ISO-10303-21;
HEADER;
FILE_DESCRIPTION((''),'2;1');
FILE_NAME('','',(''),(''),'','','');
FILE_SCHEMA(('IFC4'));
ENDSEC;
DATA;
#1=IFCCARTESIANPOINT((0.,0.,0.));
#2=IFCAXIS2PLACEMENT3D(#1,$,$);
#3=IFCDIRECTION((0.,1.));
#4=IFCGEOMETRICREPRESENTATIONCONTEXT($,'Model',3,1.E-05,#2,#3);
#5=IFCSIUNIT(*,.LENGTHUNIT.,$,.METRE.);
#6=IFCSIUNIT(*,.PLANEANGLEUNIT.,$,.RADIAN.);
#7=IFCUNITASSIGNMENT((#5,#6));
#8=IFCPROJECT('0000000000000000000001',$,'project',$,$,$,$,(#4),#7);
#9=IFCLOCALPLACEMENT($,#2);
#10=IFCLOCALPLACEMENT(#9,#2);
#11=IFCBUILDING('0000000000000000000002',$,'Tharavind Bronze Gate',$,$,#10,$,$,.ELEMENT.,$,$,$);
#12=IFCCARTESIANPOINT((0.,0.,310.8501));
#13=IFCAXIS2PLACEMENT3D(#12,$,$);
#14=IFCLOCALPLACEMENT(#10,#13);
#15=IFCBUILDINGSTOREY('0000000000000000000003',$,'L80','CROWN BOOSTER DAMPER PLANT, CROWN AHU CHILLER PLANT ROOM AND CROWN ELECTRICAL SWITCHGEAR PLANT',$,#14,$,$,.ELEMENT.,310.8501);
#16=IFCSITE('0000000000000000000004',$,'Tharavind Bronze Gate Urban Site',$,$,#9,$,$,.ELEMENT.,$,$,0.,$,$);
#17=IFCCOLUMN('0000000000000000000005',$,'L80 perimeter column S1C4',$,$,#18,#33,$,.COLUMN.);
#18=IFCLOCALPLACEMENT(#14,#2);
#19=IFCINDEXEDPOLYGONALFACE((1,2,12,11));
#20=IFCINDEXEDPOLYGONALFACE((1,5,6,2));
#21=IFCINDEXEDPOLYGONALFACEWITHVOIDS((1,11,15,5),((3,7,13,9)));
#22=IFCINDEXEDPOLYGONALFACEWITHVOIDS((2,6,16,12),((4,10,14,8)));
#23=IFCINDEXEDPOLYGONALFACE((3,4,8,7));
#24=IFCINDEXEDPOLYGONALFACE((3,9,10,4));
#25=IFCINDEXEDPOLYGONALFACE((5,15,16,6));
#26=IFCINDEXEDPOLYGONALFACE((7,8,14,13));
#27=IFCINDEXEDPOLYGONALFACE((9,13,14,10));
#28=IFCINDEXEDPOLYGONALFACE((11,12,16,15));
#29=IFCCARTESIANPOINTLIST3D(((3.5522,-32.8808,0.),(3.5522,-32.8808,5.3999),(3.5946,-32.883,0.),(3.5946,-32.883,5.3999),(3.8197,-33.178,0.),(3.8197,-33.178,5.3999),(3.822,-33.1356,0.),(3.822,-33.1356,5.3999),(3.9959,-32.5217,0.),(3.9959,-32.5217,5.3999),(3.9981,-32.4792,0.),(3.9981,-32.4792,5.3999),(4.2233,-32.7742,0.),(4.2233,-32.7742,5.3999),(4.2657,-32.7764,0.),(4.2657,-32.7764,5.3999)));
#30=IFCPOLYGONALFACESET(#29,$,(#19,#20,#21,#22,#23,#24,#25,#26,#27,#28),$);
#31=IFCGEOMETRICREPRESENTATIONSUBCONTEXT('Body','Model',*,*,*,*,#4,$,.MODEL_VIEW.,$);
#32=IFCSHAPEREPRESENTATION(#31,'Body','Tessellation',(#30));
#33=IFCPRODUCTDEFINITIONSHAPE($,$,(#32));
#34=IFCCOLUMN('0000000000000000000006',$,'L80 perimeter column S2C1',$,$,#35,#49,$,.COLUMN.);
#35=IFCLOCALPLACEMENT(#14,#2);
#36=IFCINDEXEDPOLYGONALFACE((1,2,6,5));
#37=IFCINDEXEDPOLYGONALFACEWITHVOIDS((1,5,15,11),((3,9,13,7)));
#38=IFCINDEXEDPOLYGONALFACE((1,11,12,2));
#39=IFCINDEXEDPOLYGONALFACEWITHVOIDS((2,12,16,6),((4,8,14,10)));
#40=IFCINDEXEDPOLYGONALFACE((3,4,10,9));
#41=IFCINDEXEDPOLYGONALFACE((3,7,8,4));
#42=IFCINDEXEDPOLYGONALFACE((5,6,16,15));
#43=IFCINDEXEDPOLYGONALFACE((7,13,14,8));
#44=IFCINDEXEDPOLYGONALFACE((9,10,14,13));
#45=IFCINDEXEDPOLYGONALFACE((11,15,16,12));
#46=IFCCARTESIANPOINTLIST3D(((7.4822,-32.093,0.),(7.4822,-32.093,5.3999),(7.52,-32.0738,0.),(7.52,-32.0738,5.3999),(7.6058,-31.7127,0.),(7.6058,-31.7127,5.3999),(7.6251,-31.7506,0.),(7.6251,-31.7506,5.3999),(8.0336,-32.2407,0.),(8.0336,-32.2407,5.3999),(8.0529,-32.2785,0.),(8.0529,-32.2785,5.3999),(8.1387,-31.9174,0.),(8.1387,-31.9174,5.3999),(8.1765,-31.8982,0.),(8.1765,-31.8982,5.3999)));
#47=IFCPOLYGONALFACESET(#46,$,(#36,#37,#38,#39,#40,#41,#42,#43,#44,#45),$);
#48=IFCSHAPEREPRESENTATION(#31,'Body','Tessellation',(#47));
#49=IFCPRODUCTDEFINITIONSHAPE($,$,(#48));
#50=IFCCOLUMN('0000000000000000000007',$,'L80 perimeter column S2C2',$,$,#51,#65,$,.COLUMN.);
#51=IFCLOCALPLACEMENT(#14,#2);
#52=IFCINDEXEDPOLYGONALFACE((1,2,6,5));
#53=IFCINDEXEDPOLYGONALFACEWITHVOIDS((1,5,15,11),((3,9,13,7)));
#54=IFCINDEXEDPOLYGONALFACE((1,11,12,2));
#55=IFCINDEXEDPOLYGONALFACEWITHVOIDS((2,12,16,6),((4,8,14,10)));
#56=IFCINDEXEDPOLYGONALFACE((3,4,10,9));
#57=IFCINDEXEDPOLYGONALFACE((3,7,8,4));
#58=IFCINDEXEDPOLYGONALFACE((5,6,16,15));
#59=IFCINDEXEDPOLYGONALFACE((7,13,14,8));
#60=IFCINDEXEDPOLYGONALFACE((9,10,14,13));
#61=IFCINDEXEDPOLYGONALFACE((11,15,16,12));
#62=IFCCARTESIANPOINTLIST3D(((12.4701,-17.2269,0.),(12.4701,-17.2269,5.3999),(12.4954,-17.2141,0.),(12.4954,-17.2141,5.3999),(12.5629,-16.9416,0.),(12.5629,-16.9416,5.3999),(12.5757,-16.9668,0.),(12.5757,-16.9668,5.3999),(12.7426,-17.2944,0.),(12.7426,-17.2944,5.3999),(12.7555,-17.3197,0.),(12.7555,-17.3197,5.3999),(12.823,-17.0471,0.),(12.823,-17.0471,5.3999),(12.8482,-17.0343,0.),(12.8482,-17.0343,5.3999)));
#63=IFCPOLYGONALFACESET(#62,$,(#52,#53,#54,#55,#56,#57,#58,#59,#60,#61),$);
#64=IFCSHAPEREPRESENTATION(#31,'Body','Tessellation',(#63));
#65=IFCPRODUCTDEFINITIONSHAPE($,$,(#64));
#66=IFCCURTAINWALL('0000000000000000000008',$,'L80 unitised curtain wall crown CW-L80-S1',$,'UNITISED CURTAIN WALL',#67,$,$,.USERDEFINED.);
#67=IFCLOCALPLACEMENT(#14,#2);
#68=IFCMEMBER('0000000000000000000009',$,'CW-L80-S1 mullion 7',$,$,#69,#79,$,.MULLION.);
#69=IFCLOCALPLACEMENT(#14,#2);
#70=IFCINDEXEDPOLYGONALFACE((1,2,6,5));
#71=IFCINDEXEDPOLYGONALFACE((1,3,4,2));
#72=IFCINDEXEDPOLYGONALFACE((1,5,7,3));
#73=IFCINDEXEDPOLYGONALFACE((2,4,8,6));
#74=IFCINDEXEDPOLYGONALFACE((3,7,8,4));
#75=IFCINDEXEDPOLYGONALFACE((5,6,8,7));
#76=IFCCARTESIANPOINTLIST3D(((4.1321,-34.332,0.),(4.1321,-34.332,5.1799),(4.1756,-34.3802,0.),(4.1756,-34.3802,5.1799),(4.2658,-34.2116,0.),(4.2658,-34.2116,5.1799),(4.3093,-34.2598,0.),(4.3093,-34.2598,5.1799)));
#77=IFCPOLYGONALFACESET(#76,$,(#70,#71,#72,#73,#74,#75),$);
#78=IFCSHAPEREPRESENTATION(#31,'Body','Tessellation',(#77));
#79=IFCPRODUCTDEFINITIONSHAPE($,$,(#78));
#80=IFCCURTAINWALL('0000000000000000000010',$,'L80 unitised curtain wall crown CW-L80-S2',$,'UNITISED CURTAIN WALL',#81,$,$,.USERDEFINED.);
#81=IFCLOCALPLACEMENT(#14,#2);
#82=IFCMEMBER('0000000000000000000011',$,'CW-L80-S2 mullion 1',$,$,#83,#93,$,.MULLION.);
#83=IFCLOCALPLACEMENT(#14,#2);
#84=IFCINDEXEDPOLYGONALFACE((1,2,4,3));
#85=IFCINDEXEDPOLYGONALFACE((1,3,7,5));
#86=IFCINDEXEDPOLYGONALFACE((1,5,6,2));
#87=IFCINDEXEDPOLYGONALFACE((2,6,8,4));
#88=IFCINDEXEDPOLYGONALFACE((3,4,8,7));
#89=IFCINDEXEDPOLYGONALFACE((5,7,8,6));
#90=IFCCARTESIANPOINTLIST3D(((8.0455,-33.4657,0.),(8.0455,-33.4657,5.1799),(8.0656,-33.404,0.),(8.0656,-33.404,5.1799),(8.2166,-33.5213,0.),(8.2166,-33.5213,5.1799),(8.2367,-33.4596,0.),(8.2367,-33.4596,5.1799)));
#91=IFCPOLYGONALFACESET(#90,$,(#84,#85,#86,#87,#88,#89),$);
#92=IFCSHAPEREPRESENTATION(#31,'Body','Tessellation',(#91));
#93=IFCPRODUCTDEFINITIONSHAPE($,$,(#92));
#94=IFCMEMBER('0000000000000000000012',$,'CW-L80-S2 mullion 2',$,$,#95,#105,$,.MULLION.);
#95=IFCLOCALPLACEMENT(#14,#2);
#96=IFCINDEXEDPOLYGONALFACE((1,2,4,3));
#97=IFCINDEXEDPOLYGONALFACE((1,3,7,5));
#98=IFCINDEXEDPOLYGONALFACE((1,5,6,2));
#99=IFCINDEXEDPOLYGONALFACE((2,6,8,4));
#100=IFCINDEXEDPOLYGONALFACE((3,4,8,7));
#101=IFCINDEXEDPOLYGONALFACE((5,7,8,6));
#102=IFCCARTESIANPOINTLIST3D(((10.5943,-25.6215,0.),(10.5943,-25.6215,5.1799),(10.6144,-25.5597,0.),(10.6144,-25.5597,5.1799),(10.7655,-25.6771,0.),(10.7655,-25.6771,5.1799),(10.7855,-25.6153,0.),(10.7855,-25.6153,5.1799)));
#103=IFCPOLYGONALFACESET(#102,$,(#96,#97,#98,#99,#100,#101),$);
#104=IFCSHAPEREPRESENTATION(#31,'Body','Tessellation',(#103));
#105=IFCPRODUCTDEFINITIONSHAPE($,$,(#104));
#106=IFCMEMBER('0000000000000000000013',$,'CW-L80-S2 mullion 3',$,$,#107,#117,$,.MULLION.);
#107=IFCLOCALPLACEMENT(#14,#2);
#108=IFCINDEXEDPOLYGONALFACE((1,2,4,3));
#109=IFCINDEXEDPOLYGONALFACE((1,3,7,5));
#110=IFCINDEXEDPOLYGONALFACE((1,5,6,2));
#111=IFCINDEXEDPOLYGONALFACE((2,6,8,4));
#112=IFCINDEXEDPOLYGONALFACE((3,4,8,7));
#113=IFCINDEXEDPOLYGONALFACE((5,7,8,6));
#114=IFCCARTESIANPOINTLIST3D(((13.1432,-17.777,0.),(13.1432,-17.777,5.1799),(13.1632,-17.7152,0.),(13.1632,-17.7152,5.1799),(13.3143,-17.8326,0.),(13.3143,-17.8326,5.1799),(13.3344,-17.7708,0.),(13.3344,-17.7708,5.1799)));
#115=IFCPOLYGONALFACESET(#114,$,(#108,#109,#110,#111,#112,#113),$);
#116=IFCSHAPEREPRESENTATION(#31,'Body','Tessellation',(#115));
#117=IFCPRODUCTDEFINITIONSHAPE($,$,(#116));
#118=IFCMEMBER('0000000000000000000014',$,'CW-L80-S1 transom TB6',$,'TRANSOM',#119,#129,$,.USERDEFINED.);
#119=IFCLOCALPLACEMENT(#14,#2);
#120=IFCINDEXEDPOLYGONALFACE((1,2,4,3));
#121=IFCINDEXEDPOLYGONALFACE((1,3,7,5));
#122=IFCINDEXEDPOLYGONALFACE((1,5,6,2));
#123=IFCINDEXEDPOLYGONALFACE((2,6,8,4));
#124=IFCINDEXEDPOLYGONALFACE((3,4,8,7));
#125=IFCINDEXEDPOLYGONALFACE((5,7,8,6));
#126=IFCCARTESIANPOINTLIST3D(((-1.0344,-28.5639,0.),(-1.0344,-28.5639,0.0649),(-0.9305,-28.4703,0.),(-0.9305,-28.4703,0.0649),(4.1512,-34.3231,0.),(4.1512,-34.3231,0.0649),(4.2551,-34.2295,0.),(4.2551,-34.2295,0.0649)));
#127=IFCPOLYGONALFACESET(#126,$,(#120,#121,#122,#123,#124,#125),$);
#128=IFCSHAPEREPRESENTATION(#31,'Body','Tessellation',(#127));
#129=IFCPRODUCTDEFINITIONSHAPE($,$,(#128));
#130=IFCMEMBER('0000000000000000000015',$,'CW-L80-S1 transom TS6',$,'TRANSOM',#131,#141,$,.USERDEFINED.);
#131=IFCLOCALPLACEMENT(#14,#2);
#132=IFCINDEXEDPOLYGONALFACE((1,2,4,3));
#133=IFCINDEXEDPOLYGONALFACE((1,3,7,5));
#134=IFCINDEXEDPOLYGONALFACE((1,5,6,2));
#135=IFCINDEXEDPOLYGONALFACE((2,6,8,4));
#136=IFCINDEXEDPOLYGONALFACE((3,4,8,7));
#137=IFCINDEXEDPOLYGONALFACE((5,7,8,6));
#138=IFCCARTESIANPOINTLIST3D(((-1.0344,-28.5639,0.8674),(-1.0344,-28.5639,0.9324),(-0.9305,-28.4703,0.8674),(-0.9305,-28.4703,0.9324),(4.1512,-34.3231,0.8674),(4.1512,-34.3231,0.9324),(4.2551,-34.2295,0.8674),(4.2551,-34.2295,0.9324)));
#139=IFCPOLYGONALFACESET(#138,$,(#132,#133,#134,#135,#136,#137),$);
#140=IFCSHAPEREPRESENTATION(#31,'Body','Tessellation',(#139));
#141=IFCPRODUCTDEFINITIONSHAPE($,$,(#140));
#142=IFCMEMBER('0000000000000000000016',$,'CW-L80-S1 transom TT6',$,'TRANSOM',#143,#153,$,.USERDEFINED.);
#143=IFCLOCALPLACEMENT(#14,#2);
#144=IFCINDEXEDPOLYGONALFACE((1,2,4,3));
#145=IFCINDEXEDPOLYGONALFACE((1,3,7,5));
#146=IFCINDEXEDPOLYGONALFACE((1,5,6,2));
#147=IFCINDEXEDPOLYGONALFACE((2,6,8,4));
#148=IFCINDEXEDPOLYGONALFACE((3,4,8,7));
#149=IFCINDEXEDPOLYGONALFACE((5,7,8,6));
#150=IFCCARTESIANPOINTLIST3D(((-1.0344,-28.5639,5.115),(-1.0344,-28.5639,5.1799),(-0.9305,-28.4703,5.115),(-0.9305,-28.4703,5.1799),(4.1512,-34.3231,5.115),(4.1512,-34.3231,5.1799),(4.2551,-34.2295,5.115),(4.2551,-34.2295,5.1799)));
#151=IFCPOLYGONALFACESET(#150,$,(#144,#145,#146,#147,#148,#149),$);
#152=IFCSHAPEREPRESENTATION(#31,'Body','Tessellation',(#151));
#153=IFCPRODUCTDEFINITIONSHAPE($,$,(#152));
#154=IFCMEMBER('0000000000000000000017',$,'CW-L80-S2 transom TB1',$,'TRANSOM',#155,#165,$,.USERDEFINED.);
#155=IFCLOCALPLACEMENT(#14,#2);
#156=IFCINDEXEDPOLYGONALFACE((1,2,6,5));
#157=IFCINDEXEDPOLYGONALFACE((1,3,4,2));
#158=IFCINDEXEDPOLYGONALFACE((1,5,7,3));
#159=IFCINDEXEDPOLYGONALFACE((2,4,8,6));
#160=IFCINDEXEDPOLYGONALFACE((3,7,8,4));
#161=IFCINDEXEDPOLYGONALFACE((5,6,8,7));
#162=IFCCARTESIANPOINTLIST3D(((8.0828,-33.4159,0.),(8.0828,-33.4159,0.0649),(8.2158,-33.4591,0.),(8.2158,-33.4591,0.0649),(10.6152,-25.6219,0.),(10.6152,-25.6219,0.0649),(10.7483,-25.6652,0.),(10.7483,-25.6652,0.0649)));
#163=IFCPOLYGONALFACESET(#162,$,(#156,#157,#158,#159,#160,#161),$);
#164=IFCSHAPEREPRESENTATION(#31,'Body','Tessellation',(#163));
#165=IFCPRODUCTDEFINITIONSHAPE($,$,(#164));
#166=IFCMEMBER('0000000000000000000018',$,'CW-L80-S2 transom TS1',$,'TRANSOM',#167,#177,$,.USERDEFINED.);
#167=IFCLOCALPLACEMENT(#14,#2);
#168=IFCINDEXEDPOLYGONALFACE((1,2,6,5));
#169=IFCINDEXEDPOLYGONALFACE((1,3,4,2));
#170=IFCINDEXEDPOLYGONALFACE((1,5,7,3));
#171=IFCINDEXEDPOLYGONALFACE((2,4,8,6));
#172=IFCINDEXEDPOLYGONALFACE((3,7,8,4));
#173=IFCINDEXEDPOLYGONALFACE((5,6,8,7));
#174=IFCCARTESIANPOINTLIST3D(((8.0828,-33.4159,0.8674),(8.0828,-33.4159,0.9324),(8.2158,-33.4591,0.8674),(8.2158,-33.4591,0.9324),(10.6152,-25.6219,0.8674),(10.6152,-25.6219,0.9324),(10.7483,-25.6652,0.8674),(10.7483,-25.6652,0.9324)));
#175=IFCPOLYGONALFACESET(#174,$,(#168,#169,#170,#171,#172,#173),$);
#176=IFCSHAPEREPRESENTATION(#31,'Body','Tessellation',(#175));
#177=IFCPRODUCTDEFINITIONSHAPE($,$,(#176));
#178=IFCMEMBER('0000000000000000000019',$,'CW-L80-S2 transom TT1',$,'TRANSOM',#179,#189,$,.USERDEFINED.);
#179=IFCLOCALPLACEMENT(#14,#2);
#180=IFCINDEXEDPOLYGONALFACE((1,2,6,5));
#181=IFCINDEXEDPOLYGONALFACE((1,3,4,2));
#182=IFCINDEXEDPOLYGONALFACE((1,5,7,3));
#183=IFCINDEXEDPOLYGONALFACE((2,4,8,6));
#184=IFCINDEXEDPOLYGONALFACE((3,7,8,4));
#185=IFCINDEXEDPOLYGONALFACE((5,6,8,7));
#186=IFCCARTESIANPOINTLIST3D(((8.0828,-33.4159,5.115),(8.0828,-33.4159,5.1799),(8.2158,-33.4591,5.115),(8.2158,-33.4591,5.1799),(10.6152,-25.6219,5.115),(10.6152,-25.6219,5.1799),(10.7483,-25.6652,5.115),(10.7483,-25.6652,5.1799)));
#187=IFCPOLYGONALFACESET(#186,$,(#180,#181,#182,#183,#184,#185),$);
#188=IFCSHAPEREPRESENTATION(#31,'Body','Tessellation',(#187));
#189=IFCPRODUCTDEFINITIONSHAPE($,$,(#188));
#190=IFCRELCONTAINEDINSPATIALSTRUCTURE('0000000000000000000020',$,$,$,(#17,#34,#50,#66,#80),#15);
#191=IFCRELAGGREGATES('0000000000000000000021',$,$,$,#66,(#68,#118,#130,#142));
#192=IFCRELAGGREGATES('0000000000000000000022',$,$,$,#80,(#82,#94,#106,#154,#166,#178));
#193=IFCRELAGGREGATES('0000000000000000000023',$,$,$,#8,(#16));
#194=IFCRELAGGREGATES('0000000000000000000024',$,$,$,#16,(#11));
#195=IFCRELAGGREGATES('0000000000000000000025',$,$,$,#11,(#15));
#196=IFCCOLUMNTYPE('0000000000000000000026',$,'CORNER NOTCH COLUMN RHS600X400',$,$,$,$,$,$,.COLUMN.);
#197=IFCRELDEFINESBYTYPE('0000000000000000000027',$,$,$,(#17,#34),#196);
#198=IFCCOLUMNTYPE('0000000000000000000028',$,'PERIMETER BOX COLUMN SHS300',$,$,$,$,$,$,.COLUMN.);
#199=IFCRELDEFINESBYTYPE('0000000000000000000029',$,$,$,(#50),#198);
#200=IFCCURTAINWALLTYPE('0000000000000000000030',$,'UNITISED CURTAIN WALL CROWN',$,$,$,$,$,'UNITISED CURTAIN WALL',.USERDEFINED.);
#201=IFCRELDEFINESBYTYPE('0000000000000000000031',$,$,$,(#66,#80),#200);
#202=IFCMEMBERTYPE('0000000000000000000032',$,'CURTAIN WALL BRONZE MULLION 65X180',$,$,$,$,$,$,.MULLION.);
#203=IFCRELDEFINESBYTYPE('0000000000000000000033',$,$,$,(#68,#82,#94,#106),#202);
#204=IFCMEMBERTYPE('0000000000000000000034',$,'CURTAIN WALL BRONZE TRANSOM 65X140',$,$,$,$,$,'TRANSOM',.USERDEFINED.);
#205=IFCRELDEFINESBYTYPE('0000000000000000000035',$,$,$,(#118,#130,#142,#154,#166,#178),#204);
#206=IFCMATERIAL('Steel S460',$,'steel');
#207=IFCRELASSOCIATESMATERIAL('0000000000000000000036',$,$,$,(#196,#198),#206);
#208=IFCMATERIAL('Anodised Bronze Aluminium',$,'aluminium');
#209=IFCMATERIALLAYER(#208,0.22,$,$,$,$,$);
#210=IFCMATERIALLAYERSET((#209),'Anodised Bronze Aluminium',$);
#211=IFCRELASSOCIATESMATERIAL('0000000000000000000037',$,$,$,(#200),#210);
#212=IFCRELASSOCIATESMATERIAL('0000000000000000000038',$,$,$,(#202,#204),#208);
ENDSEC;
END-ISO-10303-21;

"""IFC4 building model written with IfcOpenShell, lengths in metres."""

from ifc_helpers import new_model, si_unit, direction, frame, origin, origin_2d, place, context, subcontext, project, spatial, rectangle, hollow_rectangle, extrude, material, layer, layer_set, material_profile, profile_set, type_object, element, aggregate, save


model = new_model("IFC4")

# Units and contexts
model_context = context("Model", 3, precision=1e-05, world=origin(), true_north=direction((0.0, 1.0)))
body_context = subcontext(model_context, "Body", "Model", "MODEL_VIEW")
ifc_project = project(units=[si_unit("LENGTHUNIT", "METRE"), si_unit("PLANEANGLEUNIT", "RADIAN")], contexts=[model_context])

# Site, building, storey
site_placement = place(None, origin())
site = spatial("IfcSite", under=ifc_project, at=site_placement, Name="Tharavind Bronze Gate Urban Site", CompositionType="ELEMENT", RefElevation=0.0)
building_placement = place(site_placement, origin())
building = spatial("IfcBuilding", under=site, at=building_placement, Name="Tharavind Bronze Gate", CompositionType="ELEMENT")
storey_placement = place(building_placement, frame((0.0, 0.0, 310.8501)))
storey = spatial("IfcBuildingStorey", under=building, at=storey_placement, Name="L80", Description="CROWN BOOSTER DAMPER PLANT, CROWN AHU CHILLER PLANT ROOM AND CROWN ELECTRICAL SWITCHGEAR PLANT", CompositionType="ELEMENT", Elevation=310.8501)

# Columns
ifc_material_1 = material(Name="Steel S460", Category="steel")
ifc_material_profile_1 = material_profile(ifc_material_1, hollow_rectangle(XDim=0.3999, YDim=0.6001, WallThickness=0.03, at=origin_2d()), Name="RHS600X400X30")
ifc_profile_set_1 = profile_set([ifc_material_profile_1], Name="Steel S460")
column_type_1 = type_object("IfcColumnType", Name="CORNER NOTCH COLUMN RHS600X400", PredefinedType="COLUMN", material=ifc_profile_set_1)
for number, where, z_axis, x_axis, name in (
    (1, (3.9089, -32.8286, 0.0), (0.0, 0.0, 1.0), (-0.669131, 0.743145, 0.0), "L80 perimeter column S1C4"),
    (2, (7.8293, -31.9956, 0.0), (0.0, 0.0, 1.0), (0.309019, 0.951056, 0.0), "L80 perimeter column S2C1"),
):
    element("IfcColumn", number, at=place(storey_placement, frame(where, z_axis=z_axis, x_axis=x_axis)), inside=storey, type_object=column_type_1, Name=name, PredefinedType="COLUMN", context=body_context, shape_type="SweptSolid", body=[
        extrude(hollow_rectangle(XDim=0.3999, YDim=0.6001, WallThickness=0.03, at=origin_2d()), origin(), (0.0, 0.0, 1.0), 5.3999),
    ])
ifc_material_profile_2 = material_profile(ifc_material_1, hollow_rectangle(XDim=0.3, YDim=0.3, WallThickness=0.02, at=origin_2d()), Name="SHS300X20")
ifc_profile_set_2 = profile_set([ifc_material_profile_2], Name="Steel S460")
column_type_2 = type_object("IfcColumnType", Name="PERIMETER BOX COLUMN SHS300", PredefinedType="COLUMN", material=ifc_profile_set_2)
column_placement = place(storey_placement, frame((12.6592, -17.1306, 0.0), z_axis=(0.0, 0.0, 1.0), x_axis=(0.309019, 0.951056, 0.0)))
element("IfcColumn", 3, at=column_placement, inside=storey, type_object=column_type_2, Name="L80 perimeter column S2C2", PredefinedType="COLUMN", context=body_context, shape_type="SweptSolid", body=[
    extrude(hollow_rectangle(XDim=0.3, YDim=0.3, WallThickness=0.02, at=origin_2d()), origin(), (0.0, 0.0, 1.0), 5.3999),
])

# Curtain wall, member
ifc_material_2 = material(Name="Anodised Bronze Aluminium", Category="aluminium")
ifc_layer_1 = layer(ifc_material_2, 0.22)
ifc_layer_set_1 = layer_set([ifc_layer_1], Name="Anodised Bronze Aluminium")
curtain_wall_type = type_object("IfcCurtainWallType", Name="UNITISED CURTAIN WALL CROWN", ElementType="UNITISED CURTAIN WALL", PredefinedType="USERDEFINED", material=ifc_layer_set_1)
curtain_wall_1_placement = place(storey_placement, origin())
curtain_wall_1 = element("IfcCurtainWall", 4, at=curtain_wall_1_placement, inside=storey, type_object=curtain_wall_type, Name="L80 unitised curtain wall crown CW-L80-S1", ObjectType="UNITISED CURTAIN WALL", PredefinedType="USERDEFINED")
member_type_1 = type_object("IfcMemberType", Name="CURTAIN WALL BRONZE MULLION 65X180", PredefinedType="MULLION", material=ifc_material_2)
member_1_placement = place(storey_placement, frame((4.2207, -34.2959, 0.0), z_axis=(0.0, 0.0, 1.0), x_axis=(0.669131, -0.743145, 0.0)))
member_1 = element("IfcMember", 5, at=member_1_placement, type_object=member_type_1, Name="CW-L80-S1 mullion 7", PredefinedType="MULLION", context=body_context, shape_type="SweptSolid", body=[
    extrude(rectangle(XDim=0.0649, YDim=0.1799, at=origin_2d()), origin(), (0.0, 0.0, 1.0), 5.1799),
])

# Curtain wall, members
curtain_wall_2_placement = place(storey_placement, origin())
curtain_wall_2 = element("IfcCurtainWall", 6, at=curtain_wall_2_placement, inside=storey, type_object=curtain_wall_type, Name="L80 unitised curtain wall crown CW-L80-S2", ObjectType="UNITISED CURTAIN WALL", PredefinedType="USERDEFINED")
member_2_placement = place(storey_placement, frame((8.1411, -33.4626, 0.0), z_axis=(0.0, 0.0, 1.0), x_axis=(0.309017, 0.951057, 0.0)))
member_2 = element("IfcMember", 7, at=member_2_placement, type_object=member_type_1, Name="CW-L80-S2 mullion 1", PredefinedType="MULLION", context=body_context, shape_type="SweptSolid", body=[
    extrude(rectangle(XDim=0.0649, YDim=0.1799, at=origin_2d()), origin(), (0.0, 0.0, 1.0), 5.1799),
])
member_3_placement = place(storey_placement, frame((10.6899, -25.6184, 0.0), z_axis=(0.0, 0.0, 1.0), x_axis=(0.309017, 0.951057, 0.0)))
member_3 = element("IfcMember", 8, at=member_3_placement, type_object=member_type_1, Name="CW-L80-S2 mullion 2", PredefinedType="MULLION", context=body_context, shape_type="SweptSolid", body=[
    extrude(rectangle(XDim=0.0649, YDim=0.1799, at=origin_2d()), origin(), (0.0, 0.0, 1.0), 5.1799),
])
member_4_placement = place(storey_placement, frame((13.2388, -17.7739, 0.0), z_axis=(0.0, 0.0, 1.0), x_axis=(0.309017, 0.951057, 0.0)))
member_4 = element("IfcMember", 9, at=member_4_placement, type_object=member_type_1, Name="CW-L80-S2 mullion 3", PredefinedType="MULLION", context=body_context, shape_type="SweptSolid", body=[
    extrude(rectangle(XDim=0.0649, YDim=0.1799, at=origin_2d()), origin(), (0.0, 0.0, 1.0), 5.1799),
])

# Members
member_type_2 = type_object("IfcMemberType", Name="CURTAIN WALL BRONZE TRANSOM 65X140", ElementType="TRANSOM", PredefinedType="USERDEFINED", material=ifc_material_2)
member_5_placement = place(storey_placement, frame((1.6104, -31.3967, 0.0), z_axis=(0.0, 0.0, 1.0), x_axis=(0.669131, -0.743145, 0.0)))
member_5 = element("IfcMember", 10, at=member_5_placement, type_object=member_type_2, Name="CW-L80-S1 transom TB6", ObjectType="TRANSOM", PredefinedType="USERDEFINED", context=body_context, shape_type="SweptSolid", body=[
    extrude(rectangle(XDim=7.7498, YDim=0.1399, at=origin_2d()), origin(), (0.0, 0.0, 1.0), 0.0649),
])
member_6_placement = place(storey_placement, frame((1.6104, -31.3967, 0.8674), z_axis=(0.0, 0.0, 1.0), x_axis=(0.669131, -0.743145, 0.0)))
member_6 = element("IfcMember", 11, at=member_6_placement, type_object=member_type_2, Name="CW-L80-S1 transom TS6", ObjectType="TRANSOM", PredefinedType="USERDEFINED", context=body_context, shape_type="SweptSolid", body=[
    extrude(rectangle(XDim=7.7498, YDim=0.1399, at=origin_2d()), origin(), (0.0, 0.0, 1.0), 0.0649),
])
member_7_placement = place(storey_placement, frame((1.6104, -31.3967, 5.115), z_axis=(0.0, 0.0, 1.0), x_axis=(0.669131, -0.743145, 0.0)))
member_7 = element("IfcMember", 12, at=member_7_placement, type_object=member_type_2, Name="CW-L80-S1 transom TT6", ObjectType="TRANSOM", PredefinedType="USERDEFINED", context=body_context, shape_type="SweptSolid", body=[
    extrude(rectangle(XDim=7.7498, YDim=0.1399, at=origin_2d()), origin(), (0.0, 0.0, 1.0), 0.0649),
])
member_8_placement = place(storey_placement, frame((9.4155, -29.5405, 0.0), z_axis=(0.0, 0.0, 1.0), x_axis=(0.309017, 0.951057, 0.0)))
member_8 = element("IfcMember", 13, at=member_8_placement, type_object=member_type_2, Name="CW-L80-S2 transom TB1", ObjectType="TRANSOM", PredefinedType="USERDEFINED", context=body_context, shape_type="SweptSolid", body=[
    extrude(rectangle(XDim=8.1951, YDim=0.1399, at=origin_2d()), origin(), (0.0, 0.0, 1.0), 0.0649),
])
member_9_placement = place(storey_placement, frame((9.4155, -29.5405, 0.8674), z_axis=(0.0, 0.0, 1.0), x_axis=(0.309017, 0.951057, 0.0)))
member_9 = element("IfcMember", 14, at=member_9_placement, type_object=member_type_2, Name="CW-L80-S2 transom TS1", ObjectType="TRANSOM", PredefinedType="USERDEFINED", context=body_context, shape_type="SweptSolid", body=[
    extrude(rectangle(XDim=8.1951, YDim=0.1399, at=origin_2d()), origin(), (0.0, 0.0, 1.0), 0.0649),
])
member_10_placement = place(storey_placement, frame((9.4155, -29.5405, 5.115), z_axis=(0.0, 0.0, 1.0), x_axis=(0.309017, 0.951057, 0.0)))
member_10 = element("IfcMember", 15, at=member_10_placement, type_object=member_type_2, Name="CW-L80-S2 transom TT1", ObjectType="TRANSOM", PredefinedType="USERDEFINED", context=body_context, shape_type="SweptSolid", body=[
    extrude(rectangle(XDim=8.1951, YDim=0.1399, at=origin_2d()), origin(), (0.0, 0.0, 1.0), 0.0649),
])

aggregate(curtain_wall_1, [member_1, member_5, member_6, member_7])
aggregate(curtain_wall_2, [member_2, member_3, member_4, member_8, member_9, member_10])

save(model, "model.ifc")
